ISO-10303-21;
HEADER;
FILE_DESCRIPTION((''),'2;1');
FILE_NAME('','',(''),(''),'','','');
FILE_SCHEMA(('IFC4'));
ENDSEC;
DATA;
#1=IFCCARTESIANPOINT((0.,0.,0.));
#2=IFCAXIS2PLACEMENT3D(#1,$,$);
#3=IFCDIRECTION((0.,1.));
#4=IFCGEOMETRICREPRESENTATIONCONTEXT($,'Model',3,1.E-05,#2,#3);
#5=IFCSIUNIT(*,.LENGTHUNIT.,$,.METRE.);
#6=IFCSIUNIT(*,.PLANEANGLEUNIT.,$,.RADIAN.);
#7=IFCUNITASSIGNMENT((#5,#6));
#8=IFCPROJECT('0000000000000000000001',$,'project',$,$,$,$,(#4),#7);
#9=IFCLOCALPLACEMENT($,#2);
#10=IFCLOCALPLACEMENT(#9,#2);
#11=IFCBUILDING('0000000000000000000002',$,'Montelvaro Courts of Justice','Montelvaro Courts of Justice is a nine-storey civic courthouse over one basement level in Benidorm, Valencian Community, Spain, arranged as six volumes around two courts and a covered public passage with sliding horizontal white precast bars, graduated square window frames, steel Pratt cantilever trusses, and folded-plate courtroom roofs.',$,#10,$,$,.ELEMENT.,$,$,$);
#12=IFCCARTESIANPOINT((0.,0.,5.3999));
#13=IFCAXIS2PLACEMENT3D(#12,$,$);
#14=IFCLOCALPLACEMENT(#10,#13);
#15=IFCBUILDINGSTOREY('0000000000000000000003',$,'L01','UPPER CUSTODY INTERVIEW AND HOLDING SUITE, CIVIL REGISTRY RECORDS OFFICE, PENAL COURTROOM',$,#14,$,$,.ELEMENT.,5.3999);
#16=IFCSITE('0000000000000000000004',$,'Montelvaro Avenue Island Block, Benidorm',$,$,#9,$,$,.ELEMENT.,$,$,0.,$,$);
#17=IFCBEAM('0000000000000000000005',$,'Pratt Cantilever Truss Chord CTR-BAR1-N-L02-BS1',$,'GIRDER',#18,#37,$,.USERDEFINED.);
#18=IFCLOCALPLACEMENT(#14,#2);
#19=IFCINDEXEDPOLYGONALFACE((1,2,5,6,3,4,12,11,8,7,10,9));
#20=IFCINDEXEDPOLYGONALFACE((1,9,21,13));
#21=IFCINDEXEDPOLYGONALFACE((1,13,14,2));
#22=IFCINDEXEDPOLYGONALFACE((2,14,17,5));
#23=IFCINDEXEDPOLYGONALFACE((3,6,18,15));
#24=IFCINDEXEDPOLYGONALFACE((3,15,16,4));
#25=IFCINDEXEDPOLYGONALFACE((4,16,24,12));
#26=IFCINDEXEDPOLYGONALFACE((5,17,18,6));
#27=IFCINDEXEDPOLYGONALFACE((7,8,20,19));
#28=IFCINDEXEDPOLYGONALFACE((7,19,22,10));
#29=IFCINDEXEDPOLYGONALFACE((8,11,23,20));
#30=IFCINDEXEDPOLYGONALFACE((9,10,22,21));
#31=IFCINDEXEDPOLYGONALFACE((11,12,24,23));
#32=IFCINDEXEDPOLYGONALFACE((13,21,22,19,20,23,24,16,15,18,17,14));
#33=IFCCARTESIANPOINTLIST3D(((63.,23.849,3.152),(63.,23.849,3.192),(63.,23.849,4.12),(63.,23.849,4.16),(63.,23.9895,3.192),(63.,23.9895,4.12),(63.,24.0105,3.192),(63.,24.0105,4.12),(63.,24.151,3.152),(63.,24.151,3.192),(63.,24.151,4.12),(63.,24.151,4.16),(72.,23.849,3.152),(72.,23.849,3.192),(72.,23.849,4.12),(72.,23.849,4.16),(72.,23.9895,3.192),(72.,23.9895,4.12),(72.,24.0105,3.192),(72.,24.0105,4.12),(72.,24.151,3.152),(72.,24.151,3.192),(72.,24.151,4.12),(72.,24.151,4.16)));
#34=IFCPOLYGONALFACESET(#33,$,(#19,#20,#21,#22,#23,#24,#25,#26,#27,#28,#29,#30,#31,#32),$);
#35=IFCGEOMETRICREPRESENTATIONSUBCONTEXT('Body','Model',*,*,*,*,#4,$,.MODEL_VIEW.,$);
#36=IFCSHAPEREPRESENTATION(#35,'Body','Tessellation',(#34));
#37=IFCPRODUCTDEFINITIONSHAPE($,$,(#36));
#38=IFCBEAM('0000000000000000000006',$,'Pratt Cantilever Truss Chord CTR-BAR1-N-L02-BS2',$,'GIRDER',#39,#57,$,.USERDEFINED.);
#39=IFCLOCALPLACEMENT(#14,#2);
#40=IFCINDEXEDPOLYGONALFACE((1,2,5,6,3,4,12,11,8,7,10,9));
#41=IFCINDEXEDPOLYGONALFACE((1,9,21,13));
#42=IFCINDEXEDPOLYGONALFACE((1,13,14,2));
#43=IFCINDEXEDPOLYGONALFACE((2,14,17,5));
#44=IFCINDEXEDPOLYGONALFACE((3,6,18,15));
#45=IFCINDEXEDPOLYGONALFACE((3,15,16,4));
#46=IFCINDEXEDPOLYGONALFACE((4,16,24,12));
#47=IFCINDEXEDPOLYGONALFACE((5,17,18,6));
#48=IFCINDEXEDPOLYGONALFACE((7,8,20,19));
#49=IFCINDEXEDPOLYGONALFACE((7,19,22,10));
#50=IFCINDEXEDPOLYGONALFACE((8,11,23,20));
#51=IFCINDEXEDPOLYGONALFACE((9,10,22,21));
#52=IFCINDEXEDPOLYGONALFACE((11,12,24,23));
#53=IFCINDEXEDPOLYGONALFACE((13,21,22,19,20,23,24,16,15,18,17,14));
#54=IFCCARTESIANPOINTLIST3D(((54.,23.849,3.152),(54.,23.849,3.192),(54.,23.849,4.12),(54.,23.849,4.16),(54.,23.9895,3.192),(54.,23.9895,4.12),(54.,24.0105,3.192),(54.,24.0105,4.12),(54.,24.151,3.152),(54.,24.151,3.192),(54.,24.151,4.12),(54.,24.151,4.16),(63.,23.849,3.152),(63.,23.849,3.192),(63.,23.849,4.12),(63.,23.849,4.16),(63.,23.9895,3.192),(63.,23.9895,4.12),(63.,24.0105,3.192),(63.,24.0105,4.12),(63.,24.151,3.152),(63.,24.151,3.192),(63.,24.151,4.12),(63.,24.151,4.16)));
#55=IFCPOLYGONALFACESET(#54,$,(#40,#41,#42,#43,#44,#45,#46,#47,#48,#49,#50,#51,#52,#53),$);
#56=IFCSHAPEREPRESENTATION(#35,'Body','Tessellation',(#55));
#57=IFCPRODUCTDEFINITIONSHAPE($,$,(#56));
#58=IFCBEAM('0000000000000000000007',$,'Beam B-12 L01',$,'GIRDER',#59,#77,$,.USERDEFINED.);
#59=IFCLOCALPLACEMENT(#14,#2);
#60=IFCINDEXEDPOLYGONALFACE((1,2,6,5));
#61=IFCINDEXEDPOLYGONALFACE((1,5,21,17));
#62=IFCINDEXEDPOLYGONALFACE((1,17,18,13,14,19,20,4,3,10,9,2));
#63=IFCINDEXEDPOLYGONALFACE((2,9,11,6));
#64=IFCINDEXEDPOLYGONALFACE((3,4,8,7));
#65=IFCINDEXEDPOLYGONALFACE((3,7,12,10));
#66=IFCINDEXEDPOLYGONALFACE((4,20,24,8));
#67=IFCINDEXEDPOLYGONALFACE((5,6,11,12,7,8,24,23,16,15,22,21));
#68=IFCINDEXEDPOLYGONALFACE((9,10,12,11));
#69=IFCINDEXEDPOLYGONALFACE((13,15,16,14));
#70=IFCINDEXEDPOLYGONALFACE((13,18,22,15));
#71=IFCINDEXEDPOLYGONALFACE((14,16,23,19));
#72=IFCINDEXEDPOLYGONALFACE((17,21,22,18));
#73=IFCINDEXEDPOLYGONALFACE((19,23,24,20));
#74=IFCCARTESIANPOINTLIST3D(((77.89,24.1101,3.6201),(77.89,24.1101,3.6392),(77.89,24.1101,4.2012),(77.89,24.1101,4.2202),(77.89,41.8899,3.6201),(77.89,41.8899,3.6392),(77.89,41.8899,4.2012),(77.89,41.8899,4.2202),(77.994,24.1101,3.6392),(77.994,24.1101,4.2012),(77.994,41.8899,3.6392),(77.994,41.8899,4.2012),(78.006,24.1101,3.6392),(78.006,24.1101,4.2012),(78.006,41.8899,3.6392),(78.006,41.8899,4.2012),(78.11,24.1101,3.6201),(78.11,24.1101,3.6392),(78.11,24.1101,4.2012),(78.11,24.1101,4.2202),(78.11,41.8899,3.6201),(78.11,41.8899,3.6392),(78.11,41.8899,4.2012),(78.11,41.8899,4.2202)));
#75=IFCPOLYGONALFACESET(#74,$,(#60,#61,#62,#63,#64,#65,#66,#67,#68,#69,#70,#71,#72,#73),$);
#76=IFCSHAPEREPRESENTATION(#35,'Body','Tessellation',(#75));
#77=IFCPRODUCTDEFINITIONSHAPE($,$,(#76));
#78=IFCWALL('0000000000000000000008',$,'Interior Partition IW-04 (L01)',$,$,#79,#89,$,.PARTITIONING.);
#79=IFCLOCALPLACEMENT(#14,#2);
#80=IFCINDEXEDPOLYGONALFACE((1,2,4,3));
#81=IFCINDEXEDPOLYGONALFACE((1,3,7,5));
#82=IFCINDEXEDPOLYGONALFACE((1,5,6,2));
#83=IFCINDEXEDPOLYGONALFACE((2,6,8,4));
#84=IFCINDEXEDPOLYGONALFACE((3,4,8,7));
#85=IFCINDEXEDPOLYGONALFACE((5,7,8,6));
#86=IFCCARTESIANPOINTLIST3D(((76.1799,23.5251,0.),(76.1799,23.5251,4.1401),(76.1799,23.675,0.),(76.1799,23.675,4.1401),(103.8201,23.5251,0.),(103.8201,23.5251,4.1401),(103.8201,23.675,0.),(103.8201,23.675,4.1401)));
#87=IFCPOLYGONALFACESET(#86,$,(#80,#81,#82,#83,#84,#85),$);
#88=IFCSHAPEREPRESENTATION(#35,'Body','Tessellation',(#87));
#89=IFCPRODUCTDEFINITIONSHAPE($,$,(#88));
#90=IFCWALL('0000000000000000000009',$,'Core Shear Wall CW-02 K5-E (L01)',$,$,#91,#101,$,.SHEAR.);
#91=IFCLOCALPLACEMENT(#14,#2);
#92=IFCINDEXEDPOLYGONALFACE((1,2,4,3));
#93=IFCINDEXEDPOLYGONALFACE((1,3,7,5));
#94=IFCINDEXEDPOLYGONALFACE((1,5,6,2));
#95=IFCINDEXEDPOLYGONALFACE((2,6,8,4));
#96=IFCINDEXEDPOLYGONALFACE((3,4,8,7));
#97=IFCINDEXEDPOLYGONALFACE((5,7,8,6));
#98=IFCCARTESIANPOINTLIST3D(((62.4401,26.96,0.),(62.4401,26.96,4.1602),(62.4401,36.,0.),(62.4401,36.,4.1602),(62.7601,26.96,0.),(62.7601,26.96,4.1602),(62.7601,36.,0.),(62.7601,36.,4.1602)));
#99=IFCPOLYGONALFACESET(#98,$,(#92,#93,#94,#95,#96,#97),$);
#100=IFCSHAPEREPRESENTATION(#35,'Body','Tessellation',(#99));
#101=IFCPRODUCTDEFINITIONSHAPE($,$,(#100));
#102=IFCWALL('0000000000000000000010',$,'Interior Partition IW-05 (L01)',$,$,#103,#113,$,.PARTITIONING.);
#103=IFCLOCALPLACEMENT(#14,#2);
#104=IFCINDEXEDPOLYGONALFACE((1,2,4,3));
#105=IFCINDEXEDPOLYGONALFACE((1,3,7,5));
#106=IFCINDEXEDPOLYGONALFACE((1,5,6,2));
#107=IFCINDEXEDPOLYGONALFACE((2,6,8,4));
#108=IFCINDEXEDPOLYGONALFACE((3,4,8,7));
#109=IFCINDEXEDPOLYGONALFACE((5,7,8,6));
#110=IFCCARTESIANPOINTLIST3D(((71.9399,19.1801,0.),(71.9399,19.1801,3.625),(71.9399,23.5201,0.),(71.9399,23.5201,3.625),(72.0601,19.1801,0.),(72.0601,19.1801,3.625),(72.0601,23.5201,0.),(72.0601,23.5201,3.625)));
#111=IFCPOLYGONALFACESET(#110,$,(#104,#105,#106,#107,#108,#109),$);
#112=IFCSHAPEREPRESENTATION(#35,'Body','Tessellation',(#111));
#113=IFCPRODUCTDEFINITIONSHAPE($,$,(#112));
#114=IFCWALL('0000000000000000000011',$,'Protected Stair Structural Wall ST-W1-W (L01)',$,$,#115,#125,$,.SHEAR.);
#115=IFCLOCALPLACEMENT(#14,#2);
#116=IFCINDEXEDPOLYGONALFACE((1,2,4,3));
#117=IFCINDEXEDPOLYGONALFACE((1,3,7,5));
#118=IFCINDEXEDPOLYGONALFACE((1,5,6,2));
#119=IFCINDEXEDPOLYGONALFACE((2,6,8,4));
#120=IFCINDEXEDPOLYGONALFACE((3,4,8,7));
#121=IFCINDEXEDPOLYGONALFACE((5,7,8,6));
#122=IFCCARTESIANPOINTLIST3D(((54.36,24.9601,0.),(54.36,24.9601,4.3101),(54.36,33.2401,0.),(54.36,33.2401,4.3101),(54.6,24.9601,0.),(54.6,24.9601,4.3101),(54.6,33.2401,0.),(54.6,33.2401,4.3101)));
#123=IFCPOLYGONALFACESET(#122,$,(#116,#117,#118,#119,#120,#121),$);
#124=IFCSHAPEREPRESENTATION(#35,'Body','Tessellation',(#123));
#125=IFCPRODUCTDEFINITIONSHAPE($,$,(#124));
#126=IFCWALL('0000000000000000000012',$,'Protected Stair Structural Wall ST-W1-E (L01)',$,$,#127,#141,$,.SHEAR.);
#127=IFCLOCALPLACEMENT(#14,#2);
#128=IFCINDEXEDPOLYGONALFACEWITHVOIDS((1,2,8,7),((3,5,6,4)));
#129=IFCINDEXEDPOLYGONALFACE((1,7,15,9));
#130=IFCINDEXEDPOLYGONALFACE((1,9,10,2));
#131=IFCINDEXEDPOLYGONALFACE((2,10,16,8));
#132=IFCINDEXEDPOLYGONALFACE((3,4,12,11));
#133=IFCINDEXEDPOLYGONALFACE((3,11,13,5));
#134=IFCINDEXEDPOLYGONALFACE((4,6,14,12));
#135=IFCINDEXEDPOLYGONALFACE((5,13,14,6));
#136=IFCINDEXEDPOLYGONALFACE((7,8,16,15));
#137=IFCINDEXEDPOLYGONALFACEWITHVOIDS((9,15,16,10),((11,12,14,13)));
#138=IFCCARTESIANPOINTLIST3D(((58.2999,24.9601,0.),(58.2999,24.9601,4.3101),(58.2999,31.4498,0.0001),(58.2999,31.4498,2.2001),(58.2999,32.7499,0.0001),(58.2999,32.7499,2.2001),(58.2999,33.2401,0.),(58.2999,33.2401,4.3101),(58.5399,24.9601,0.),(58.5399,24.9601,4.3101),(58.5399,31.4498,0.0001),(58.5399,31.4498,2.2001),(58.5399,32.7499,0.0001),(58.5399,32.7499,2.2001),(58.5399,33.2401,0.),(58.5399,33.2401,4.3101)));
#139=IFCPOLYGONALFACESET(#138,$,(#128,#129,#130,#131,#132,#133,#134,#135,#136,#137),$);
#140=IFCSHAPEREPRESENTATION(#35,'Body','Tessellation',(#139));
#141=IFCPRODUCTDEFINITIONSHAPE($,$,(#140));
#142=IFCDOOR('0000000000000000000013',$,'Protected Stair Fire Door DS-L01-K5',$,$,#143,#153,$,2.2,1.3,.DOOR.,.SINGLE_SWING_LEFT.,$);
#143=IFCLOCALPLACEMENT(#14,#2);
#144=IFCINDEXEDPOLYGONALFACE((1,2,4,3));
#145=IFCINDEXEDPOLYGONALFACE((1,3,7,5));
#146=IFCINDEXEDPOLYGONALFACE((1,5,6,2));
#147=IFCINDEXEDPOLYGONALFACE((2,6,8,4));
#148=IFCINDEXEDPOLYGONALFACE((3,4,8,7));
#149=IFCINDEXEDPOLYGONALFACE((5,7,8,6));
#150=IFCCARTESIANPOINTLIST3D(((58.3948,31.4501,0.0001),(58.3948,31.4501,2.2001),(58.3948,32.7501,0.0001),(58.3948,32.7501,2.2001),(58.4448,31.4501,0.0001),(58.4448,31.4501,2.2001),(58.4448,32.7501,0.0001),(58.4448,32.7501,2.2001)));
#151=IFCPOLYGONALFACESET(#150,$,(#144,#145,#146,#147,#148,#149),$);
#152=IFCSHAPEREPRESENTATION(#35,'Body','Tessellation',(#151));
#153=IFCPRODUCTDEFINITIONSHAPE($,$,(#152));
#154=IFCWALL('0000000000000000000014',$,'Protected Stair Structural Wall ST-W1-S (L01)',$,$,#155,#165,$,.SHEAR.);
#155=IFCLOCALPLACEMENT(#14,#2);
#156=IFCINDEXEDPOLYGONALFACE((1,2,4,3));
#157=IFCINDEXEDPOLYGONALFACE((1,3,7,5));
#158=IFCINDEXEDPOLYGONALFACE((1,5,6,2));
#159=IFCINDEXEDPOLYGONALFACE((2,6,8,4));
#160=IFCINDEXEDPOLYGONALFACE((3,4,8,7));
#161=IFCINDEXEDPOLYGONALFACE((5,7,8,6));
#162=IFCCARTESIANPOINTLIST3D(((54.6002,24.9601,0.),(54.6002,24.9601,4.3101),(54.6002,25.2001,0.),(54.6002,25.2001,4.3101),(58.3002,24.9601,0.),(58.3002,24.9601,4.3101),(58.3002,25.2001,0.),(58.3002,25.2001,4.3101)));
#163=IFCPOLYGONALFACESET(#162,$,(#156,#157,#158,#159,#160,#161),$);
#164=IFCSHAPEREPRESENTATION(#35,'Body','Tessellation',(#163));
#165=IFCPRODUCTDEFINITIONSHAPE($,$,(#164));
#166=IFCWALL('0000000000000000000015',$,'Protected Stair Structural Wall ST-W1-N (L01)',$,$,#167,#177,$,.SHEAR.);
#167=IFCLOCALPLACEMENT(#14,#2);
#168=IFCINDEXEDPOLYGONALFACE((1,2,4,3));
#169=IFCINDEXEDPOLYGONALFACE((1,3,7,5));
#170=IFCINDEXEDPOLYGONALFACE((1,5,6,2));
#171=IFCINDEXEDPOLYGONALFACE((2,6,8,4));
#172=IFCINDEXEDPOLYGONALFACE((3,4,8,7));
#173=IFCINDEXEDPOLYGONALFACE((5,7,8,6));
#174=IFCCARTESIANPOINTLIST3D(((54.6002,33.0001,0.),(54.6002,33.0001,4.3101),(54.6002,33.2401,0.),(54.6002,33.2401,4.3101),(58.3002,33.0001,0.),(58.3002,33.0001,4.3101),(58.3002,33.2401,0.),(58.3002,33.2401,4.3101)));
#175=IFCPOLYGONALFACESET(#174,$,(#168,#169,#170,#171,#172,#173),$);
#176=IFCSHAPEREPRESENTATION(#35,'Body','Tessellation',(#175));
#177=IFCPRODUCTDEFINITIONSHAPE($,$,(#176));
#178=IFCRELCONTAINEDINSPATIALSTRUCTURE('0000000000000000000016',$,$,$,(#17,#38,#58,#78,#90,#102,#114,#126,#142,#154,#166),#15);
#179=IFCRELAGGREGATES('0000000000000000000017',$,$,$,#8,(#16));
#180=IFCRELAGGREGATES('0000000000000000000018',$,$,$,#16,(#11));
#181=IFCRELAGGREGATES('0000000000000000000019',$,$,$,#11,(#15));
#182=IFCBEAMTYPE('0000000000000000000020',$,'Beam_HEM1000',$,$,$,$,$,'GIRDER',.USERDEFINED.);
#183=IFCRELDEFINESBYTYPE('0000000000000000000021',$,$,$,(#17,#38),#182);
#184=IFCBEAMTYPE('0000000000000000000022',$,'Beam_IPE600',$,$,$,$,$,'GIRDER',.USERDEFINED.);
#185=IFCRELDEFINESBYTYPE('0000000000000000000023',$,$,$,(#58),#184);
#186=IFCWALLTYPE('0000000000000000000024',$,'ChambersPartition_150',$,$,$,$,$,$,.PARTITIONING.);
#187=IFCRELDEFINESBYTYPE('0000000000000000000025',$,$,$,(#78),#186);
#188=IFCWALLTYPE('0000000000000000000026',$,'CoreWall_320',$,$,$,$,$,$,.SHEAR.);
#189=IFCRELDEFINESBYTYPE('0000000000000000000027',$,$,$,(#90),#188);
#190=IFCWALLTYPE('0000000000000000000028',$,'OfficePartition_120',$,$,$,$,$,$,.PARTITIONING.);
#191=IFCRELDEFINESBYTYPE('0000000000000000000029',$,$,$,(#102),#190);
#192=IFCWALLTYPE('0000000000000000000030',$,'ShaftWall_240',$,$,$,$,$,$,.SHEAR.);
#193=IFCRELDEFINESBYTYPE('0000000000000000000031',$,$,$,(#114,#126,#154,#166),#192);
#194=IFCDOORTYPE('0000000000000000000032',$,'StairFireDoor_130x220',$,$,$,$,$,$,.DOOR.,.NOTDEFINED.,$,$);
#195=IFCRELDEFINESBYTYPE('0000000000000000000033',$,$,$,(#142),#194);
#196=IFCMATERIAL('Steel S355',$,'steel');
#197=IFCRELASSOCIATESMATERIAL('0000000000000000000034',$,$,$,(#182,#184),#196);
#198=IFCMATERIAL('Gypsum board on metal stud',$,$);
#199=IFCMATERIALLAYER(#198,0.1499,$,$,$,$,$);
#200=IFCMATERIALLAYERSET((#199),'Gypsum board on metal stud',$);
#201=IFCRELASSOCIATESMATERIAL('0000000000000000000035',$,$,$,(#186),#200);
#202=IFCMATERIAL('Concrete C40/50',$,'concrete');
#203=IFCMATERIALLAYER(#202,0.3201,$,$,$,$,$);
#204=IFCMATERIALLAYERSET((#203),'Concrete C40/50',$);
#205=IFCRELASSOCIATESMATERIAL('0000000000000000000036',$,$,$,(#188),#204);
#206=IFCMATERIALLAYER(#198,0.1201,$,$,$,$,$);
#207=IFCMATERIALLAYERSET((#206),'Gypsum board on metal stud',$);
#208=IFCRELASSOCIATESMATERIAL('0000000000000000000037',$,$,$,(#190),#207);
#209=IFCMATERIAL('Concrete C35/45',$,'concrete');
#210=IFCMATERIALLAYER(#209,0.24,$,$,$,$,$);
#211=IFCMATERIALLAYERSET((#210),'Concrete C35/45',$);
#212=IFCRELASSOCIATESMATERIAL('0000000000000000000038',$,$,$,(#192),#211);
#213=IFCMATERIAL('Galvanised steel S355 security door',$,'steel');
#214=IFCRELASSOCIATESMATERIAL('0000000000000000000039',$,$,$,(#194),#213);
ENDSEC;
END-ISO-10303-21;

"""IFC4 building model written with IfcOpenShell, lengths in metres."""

from ifc_helpers import new_model, si_unit, direction, frame, frame_2d, origin, origin_2d, place, context, subcontext, project, spatial, rectangle, i_section, extrude, material, layer, layer_set, material_profile, profile_set, type_object, element, fill, save


model = new_model("IFC4")

# Units and contexts
model_context = context("Model", 3, precision=1e-05, world=origin(), true_north=direction((0.0, 1.0)))
body_context = subcontext(model_context, "Body", "Model", "MODEL_VIEW")
ifc_project = project(units=[si_unit("LENGTHUNIT", "METRE"), si_unit("PLANEANGLEUNIT", "RADIAN")], contexts=[model_context])

# Site, building, storey
site_placement = place(None, origin())
site = spatial("IfcSite", under=ifc_project, at=site_placement, Name="Montelvaro Avenue Island Block, Benidorm", CompositionType="ELEMENT", RefElevation=0.0)
building_placement = place(site_placement, origin())
building = spatial("IfcBuilding", under=site, at=building_placement, Name="Montelvaro Courts of Justice", Description="Montelvaro Courts of Justice is a nine-storey civic courthouse over one basement level in Benidorm, Valencian Community, Spain, arranged as six volumes around two courts and a covered public passage with sliding horizontal white precast bars, graduated square window frames, steel Pratt cantilever trusses, and folded-plate courtroom roofs.", CompositionType="ELEMENT")
storey_placement = place(building_placement, frame((0.0, 0.0, 5.3999)))
storey = spatial("IfcBuildingStorey", under=building, at=storey_placement, Name="L01", Description="UPPER CUSTODY INTERVIEW AND HOLDING SUITE, CIVIL REGISTRY RECORDS OFFICE, PENAL COURTROOM", CompositionType="ELEMENT", Elevation=5.3999)

# Shared definitions
ifc_material_1 = material(Name="Steel S355", Category="steel")

# Beams
ifc_material_profile_1 = material_profile(ifc_material_1, i_section(OverallWidth=0.302, OverallDepth=1.0081, WebThickness=0.021, FlangeThickness=0.04, at=origin_2d()), Name="HEM 1000")
ifc_profile_set_1 = profile_set([ifc_material_profile_1], Name="Steel S355")
beam_type_1 = type_object("IfcBeamType", Name="Beam_HEM1000", ElementType="GIRDER", PredefinedType="USERDEFINED", material=ifc_profile_set_1)
for number, where, z_axis, x_axis, name in (
    (1, (72.0, 24.0, 3.656), (-1.0, 0.0, 0.0), (0.0, -1.0, 0.0), "Pratt Cantilever Truss Chord CTR-BAR1-N-L02-BS1"),
    (2, (63.0, 24.0, 3.656), (-1.0, 0.0, 0.0), (0.0, -1.0, 0.0), "Pratt Cantilever Truss Chord CTR-BAR1-N-L02-BS2"),
):
    element("IfcBeam", number, at=place(storey_placement, frame(where, z_axis=z_axis, x_axis=x_axis)), inside=storey, type_object=beam_type_1, Name=name, ObjectType="GIRDER", PredefinedType="USERDEFINED", context=body_context, shape_type="SweptSolid", body=[
        extrude(i_section(OverallWidth=0.302, OverallDepth=1.0081, WebThickness=0.021, FlangeThickness=0.04, at=origin_2d()), origin(), (0.0, 0.0, 1.0), 9.0),
    ])
ifc_material_profile_2 = material_profile(ifc_material_1, i_section(OverallWidth=0.22, OverallDepth=0.6001, WebThickness=0.012, FlangeThickness=0.019, at=origin_2d()), Name="IPE 600")
ifc_profile_set_2 = profile_set([ifc_material_profile_2], Name="Steel S355")
beam_type_2 = type_object("IfcBeamType", Name="Beam_IPE600", ElementType="GIRDER", PredefinedType="USERDEFINED", material=ifc_profile_set_2)
beam_1_placement = place(storey_placement, frame((78.0, 24.1101, 3.9202), z_axis=(0.0, 1.0, 0.0), x_axis=(-1.0, 0.0, 0.0)))
element("IfcBeam", 3, at=beam_1_placement, inside=storey, type_object=beam_type_2, Name="Beam B-12 L01", ObjectType="GIRDER", PredefinedType="USERDEFINED", context=body_context, shape_type="SweptSolid", body=[
    extrude(i_section(OverallWidth=0.22, OverallDepth=0.6001, WebThickness=0.012, FlangeThickness=0.019, at=origin_2d()), origin(), (0.0, 0.0, 1.0), 17.7798),
])

# Walls
ifc_material_2 = material(Name="Gypsum board on metal stud")
ifc_layer_1 = layer(ifc_material_2, 0.1499)
ifc_layer_set_1 = layer_set([ifc_layer_1], Name="Gypsum board on metal stud")
wall_type_1 = type_object("IfcWallType", Name="ChambersPartition_150", PredefinedType="PARTITIONING", material=ifc_layer_set_1)
wall_1_placement = place(storey_placement, frame((76.1799, 23.6001, 0.0), z_axis=(0.0, 0.0, 1.0), x_axis=(1.0, 0.0, 0.0)))
element("IfcWall", 4, at=wall_1_placement, inside=storey, type_object=wall_type_1, Name="Interior Partition IW-04 (L01)", PredefinedType="PARTITIONING", context=body_context, shape_type="SweptSolid", body=[
    extrude(rectangle(XDim=27.6401, YDim=0.1499, at=frame_2d((13.8201, 0.0))), origin(), (0.0, 0.0, 1.0), 4.1401),
])
ifc_material_3 = material(Name="Concrete C40/50", Category="concrete")
ifc_layer_2 = layer(ifc_material_3, 0.3201)
ifc_layer_set_2 = layer_set([ifc_layer_2], Name="Concrete C40/50")
wall_type_2 = type_object("IfcWallType", Name="CoreWall_320", PredefinedType="SHEAR", material=ifc_layer_set_2)
wall_2_placement = place(storey_placement, frame((62.6001, 26.96, 0.0), z_axis=(0.0, 0.0, 1.0), x_axis=(0.0, 1.0, 0.0)))
element("IfcWall", 5, at=wall_2_placement, inside=storey, type_object=wall_type_2, Name="Core Shear Wall CW-02 K5-E (L01)", PredefinedType="SHEAR", context=body_context, shape_type="SweptSolid", body=[
    extrude(rectangle(XDim=9.04, YDim=0.3201, at=frame_2d((4.52, 0.0))), origin(), (0.0, 0.0, 1.0), 4.1602),
])
ifc_layer_3 = layer(ifc_material_2, 0.1201)
ifc_layer_set_3 = layer_set([ifc_layer_3], Name="Gypsum board on metal stud")
wall_type_3 = type_object("IfcWallType", Name="OfficePartition_120", PredefinedType="PARTITIONING", material=ifc_layer_set_3)
wall_3_placement = place(storey_placement, frame((72.0, 23.52, 0.0), z_axis=(0.0, 0.0, 1.0), x_axis=(0.0, -1.0, 0.0)))
element("IfcWall", 6, at=wall_3_placement, inside=storey, type_object=wall_type_3, Name="Interior Partition IW-05 (L01)", PredefinedType="PARTITIONING", context=body_context, shape_type="SweptSolid", body=[
    extrude(rectangle(XDim=4.3401, YDim=0.1201, at=frame_2d((2.1699, 0.0))), origin(), (0.0, 0.0, 1.0), 3.625),
])
ifc_material_4 = material(Name="Concrete C35/45", Category="concrete")
ifc_layer_4 = layer(ifc_material_4, 0.24)
ifc_layer_set_4 = layer_set([ifc_layer_4], Name="Concrete C35/45")
wall_type_4 = type_object("IfcWallType", Name="ShaftWall_240", PredefinedType="SHEAR", material=ifc_layer_set_4)
wall_4_placement = place(storey_placement, frame((54.48, 24.96, 0.0), z_axis=(0.0, 0.0, 1.0), x_axis=(0.0, 1.0, 0.0)))
element("IfcWall", 7, at=wall_4_placement, inside=storey, type_object=wall_type_4, Name="Protected Stair Structural Wall ST-W1-W (L01)", PredefinedType="SHEAR", context=body_context, shape_type="SweptSolid", body=[
    extrude(rectangle(XDim=8.28, YDim=0.24, at=frame_2d((4.1401, 0.0))), origin(), (0.0, 0.0, 1.0), 4.3101),
])

# Wall, opening, door
wall_5_placement = place(storey_placement, frame((58.4199, 24.96, 0.0), z_axis=(0.0, 0.0, 1.0), x_axis=(0.0, 1.0, 0.0)))
wall_5 = element("IfcWall", 8, at=wall_5_placement, inside=storey, type_object=wall_type_4, Name="Protected Stair Structural Wall ST-W1-E (L01)", PredefinedType="SHEAR", context=body_context, shape_type="SweptSolid", body=[
    extrude(rectangle(XDim=8.28, YDim=0.24, at=frame_2d((4.1401, 0.0))), origin(), (0.0, 0.0, 1.0), 4.3101),
])
opening_1_placement = place(wall_5_placement, frame((6.49, 0.0, 0.0)))
opening_1 = element("IfcOpeningElement", 9, at=opening_1_placement, cuts=wall_5, PredefinedType="OPENING", context=body_context, shape_type="SweptSolid", body=[
    extrude(rectangle(XDim=1.3, YDim=2.2, at=frame_2d((0.6499, 1.1001))), frame((0.0, 0.1348, 0.0), z_axis=(0.0, -1.0, 0.0), x_axis=(1.0, 0.0, 0.0)), (0.0, 0.0, 1.0), 0.2698),
])
ifc_material_5 = material(Name="Galvanised steel S355 security door", Category="steel")
door_type_1 = type_object("IfcDoorType", Name="StairFireDoor_130x220", OperationType="NOTDEFINED", PredefinedType="DOOR", material=ifc_material_5)
door_1_placement = place(opening_1_placement, frame((1.3, 0.0, 0.0), z_axis=(0.0, 0.0, 1.0), x_axis=(-1.0, 0.0, 0.0)))
door_1 = element("IfcDoor", 10, at=door_1_placement, inside=storey, type_object=door_type_1, Name="Protected Stair Fire Door DS-L01-K5", OperationType="SINGLE_SWING_LEFT", OverallHeight=2.2, OverallWidth=1.3, PredefinedType="DOOR", context=body_context, shape_type="SweptSolid", body=[
    extrude(rectangle(XDim=1.3, YDim=2.2, at=frame_2d((0.6499, 1.1001))), frame((0.0, 0.0249, 0.0), z_axis=(0.0, -1.0, 0.0), x_axis=(1.0, 0.0, 0.0)), (0.0, 0.0, 1.0), 0.05),
])
fill(opening_1, door_1)

# Walls
for number, where, z_axis, x_axis, name in (
    (11, (54.6001, 25.0801, 0.0), (0.0, 0.0, 1.0), (1.0, 0.0, 0.0), "Protected Stair Structural Wall ST-W1-S (L01)"),
    (12, (54.6001, 33.1201, 0.0), (0.0, 0.0, 1.0), (1.0, 0.0, 0.0), "Protected Stair Structural Wall ST-W1-N (L01)"),
):
    element("IfcWall", number, at=place(storey_placement, frame(where, z_axis=z_axis, x_axis=x_axis)), inside=storey, type_object=wall_type_4, Name=name, PredefinedType="SHEAR", context=body_context, shape_type="SweptSolid", body=[
        extrude(rectangle(XDim=3.7, YDim=0.24, at=frame_2d((1.8501, 0.0))), origin(), (0.0, 0.0, 1.0), 4.3101),
    ])

save(model, "model.ifc")
